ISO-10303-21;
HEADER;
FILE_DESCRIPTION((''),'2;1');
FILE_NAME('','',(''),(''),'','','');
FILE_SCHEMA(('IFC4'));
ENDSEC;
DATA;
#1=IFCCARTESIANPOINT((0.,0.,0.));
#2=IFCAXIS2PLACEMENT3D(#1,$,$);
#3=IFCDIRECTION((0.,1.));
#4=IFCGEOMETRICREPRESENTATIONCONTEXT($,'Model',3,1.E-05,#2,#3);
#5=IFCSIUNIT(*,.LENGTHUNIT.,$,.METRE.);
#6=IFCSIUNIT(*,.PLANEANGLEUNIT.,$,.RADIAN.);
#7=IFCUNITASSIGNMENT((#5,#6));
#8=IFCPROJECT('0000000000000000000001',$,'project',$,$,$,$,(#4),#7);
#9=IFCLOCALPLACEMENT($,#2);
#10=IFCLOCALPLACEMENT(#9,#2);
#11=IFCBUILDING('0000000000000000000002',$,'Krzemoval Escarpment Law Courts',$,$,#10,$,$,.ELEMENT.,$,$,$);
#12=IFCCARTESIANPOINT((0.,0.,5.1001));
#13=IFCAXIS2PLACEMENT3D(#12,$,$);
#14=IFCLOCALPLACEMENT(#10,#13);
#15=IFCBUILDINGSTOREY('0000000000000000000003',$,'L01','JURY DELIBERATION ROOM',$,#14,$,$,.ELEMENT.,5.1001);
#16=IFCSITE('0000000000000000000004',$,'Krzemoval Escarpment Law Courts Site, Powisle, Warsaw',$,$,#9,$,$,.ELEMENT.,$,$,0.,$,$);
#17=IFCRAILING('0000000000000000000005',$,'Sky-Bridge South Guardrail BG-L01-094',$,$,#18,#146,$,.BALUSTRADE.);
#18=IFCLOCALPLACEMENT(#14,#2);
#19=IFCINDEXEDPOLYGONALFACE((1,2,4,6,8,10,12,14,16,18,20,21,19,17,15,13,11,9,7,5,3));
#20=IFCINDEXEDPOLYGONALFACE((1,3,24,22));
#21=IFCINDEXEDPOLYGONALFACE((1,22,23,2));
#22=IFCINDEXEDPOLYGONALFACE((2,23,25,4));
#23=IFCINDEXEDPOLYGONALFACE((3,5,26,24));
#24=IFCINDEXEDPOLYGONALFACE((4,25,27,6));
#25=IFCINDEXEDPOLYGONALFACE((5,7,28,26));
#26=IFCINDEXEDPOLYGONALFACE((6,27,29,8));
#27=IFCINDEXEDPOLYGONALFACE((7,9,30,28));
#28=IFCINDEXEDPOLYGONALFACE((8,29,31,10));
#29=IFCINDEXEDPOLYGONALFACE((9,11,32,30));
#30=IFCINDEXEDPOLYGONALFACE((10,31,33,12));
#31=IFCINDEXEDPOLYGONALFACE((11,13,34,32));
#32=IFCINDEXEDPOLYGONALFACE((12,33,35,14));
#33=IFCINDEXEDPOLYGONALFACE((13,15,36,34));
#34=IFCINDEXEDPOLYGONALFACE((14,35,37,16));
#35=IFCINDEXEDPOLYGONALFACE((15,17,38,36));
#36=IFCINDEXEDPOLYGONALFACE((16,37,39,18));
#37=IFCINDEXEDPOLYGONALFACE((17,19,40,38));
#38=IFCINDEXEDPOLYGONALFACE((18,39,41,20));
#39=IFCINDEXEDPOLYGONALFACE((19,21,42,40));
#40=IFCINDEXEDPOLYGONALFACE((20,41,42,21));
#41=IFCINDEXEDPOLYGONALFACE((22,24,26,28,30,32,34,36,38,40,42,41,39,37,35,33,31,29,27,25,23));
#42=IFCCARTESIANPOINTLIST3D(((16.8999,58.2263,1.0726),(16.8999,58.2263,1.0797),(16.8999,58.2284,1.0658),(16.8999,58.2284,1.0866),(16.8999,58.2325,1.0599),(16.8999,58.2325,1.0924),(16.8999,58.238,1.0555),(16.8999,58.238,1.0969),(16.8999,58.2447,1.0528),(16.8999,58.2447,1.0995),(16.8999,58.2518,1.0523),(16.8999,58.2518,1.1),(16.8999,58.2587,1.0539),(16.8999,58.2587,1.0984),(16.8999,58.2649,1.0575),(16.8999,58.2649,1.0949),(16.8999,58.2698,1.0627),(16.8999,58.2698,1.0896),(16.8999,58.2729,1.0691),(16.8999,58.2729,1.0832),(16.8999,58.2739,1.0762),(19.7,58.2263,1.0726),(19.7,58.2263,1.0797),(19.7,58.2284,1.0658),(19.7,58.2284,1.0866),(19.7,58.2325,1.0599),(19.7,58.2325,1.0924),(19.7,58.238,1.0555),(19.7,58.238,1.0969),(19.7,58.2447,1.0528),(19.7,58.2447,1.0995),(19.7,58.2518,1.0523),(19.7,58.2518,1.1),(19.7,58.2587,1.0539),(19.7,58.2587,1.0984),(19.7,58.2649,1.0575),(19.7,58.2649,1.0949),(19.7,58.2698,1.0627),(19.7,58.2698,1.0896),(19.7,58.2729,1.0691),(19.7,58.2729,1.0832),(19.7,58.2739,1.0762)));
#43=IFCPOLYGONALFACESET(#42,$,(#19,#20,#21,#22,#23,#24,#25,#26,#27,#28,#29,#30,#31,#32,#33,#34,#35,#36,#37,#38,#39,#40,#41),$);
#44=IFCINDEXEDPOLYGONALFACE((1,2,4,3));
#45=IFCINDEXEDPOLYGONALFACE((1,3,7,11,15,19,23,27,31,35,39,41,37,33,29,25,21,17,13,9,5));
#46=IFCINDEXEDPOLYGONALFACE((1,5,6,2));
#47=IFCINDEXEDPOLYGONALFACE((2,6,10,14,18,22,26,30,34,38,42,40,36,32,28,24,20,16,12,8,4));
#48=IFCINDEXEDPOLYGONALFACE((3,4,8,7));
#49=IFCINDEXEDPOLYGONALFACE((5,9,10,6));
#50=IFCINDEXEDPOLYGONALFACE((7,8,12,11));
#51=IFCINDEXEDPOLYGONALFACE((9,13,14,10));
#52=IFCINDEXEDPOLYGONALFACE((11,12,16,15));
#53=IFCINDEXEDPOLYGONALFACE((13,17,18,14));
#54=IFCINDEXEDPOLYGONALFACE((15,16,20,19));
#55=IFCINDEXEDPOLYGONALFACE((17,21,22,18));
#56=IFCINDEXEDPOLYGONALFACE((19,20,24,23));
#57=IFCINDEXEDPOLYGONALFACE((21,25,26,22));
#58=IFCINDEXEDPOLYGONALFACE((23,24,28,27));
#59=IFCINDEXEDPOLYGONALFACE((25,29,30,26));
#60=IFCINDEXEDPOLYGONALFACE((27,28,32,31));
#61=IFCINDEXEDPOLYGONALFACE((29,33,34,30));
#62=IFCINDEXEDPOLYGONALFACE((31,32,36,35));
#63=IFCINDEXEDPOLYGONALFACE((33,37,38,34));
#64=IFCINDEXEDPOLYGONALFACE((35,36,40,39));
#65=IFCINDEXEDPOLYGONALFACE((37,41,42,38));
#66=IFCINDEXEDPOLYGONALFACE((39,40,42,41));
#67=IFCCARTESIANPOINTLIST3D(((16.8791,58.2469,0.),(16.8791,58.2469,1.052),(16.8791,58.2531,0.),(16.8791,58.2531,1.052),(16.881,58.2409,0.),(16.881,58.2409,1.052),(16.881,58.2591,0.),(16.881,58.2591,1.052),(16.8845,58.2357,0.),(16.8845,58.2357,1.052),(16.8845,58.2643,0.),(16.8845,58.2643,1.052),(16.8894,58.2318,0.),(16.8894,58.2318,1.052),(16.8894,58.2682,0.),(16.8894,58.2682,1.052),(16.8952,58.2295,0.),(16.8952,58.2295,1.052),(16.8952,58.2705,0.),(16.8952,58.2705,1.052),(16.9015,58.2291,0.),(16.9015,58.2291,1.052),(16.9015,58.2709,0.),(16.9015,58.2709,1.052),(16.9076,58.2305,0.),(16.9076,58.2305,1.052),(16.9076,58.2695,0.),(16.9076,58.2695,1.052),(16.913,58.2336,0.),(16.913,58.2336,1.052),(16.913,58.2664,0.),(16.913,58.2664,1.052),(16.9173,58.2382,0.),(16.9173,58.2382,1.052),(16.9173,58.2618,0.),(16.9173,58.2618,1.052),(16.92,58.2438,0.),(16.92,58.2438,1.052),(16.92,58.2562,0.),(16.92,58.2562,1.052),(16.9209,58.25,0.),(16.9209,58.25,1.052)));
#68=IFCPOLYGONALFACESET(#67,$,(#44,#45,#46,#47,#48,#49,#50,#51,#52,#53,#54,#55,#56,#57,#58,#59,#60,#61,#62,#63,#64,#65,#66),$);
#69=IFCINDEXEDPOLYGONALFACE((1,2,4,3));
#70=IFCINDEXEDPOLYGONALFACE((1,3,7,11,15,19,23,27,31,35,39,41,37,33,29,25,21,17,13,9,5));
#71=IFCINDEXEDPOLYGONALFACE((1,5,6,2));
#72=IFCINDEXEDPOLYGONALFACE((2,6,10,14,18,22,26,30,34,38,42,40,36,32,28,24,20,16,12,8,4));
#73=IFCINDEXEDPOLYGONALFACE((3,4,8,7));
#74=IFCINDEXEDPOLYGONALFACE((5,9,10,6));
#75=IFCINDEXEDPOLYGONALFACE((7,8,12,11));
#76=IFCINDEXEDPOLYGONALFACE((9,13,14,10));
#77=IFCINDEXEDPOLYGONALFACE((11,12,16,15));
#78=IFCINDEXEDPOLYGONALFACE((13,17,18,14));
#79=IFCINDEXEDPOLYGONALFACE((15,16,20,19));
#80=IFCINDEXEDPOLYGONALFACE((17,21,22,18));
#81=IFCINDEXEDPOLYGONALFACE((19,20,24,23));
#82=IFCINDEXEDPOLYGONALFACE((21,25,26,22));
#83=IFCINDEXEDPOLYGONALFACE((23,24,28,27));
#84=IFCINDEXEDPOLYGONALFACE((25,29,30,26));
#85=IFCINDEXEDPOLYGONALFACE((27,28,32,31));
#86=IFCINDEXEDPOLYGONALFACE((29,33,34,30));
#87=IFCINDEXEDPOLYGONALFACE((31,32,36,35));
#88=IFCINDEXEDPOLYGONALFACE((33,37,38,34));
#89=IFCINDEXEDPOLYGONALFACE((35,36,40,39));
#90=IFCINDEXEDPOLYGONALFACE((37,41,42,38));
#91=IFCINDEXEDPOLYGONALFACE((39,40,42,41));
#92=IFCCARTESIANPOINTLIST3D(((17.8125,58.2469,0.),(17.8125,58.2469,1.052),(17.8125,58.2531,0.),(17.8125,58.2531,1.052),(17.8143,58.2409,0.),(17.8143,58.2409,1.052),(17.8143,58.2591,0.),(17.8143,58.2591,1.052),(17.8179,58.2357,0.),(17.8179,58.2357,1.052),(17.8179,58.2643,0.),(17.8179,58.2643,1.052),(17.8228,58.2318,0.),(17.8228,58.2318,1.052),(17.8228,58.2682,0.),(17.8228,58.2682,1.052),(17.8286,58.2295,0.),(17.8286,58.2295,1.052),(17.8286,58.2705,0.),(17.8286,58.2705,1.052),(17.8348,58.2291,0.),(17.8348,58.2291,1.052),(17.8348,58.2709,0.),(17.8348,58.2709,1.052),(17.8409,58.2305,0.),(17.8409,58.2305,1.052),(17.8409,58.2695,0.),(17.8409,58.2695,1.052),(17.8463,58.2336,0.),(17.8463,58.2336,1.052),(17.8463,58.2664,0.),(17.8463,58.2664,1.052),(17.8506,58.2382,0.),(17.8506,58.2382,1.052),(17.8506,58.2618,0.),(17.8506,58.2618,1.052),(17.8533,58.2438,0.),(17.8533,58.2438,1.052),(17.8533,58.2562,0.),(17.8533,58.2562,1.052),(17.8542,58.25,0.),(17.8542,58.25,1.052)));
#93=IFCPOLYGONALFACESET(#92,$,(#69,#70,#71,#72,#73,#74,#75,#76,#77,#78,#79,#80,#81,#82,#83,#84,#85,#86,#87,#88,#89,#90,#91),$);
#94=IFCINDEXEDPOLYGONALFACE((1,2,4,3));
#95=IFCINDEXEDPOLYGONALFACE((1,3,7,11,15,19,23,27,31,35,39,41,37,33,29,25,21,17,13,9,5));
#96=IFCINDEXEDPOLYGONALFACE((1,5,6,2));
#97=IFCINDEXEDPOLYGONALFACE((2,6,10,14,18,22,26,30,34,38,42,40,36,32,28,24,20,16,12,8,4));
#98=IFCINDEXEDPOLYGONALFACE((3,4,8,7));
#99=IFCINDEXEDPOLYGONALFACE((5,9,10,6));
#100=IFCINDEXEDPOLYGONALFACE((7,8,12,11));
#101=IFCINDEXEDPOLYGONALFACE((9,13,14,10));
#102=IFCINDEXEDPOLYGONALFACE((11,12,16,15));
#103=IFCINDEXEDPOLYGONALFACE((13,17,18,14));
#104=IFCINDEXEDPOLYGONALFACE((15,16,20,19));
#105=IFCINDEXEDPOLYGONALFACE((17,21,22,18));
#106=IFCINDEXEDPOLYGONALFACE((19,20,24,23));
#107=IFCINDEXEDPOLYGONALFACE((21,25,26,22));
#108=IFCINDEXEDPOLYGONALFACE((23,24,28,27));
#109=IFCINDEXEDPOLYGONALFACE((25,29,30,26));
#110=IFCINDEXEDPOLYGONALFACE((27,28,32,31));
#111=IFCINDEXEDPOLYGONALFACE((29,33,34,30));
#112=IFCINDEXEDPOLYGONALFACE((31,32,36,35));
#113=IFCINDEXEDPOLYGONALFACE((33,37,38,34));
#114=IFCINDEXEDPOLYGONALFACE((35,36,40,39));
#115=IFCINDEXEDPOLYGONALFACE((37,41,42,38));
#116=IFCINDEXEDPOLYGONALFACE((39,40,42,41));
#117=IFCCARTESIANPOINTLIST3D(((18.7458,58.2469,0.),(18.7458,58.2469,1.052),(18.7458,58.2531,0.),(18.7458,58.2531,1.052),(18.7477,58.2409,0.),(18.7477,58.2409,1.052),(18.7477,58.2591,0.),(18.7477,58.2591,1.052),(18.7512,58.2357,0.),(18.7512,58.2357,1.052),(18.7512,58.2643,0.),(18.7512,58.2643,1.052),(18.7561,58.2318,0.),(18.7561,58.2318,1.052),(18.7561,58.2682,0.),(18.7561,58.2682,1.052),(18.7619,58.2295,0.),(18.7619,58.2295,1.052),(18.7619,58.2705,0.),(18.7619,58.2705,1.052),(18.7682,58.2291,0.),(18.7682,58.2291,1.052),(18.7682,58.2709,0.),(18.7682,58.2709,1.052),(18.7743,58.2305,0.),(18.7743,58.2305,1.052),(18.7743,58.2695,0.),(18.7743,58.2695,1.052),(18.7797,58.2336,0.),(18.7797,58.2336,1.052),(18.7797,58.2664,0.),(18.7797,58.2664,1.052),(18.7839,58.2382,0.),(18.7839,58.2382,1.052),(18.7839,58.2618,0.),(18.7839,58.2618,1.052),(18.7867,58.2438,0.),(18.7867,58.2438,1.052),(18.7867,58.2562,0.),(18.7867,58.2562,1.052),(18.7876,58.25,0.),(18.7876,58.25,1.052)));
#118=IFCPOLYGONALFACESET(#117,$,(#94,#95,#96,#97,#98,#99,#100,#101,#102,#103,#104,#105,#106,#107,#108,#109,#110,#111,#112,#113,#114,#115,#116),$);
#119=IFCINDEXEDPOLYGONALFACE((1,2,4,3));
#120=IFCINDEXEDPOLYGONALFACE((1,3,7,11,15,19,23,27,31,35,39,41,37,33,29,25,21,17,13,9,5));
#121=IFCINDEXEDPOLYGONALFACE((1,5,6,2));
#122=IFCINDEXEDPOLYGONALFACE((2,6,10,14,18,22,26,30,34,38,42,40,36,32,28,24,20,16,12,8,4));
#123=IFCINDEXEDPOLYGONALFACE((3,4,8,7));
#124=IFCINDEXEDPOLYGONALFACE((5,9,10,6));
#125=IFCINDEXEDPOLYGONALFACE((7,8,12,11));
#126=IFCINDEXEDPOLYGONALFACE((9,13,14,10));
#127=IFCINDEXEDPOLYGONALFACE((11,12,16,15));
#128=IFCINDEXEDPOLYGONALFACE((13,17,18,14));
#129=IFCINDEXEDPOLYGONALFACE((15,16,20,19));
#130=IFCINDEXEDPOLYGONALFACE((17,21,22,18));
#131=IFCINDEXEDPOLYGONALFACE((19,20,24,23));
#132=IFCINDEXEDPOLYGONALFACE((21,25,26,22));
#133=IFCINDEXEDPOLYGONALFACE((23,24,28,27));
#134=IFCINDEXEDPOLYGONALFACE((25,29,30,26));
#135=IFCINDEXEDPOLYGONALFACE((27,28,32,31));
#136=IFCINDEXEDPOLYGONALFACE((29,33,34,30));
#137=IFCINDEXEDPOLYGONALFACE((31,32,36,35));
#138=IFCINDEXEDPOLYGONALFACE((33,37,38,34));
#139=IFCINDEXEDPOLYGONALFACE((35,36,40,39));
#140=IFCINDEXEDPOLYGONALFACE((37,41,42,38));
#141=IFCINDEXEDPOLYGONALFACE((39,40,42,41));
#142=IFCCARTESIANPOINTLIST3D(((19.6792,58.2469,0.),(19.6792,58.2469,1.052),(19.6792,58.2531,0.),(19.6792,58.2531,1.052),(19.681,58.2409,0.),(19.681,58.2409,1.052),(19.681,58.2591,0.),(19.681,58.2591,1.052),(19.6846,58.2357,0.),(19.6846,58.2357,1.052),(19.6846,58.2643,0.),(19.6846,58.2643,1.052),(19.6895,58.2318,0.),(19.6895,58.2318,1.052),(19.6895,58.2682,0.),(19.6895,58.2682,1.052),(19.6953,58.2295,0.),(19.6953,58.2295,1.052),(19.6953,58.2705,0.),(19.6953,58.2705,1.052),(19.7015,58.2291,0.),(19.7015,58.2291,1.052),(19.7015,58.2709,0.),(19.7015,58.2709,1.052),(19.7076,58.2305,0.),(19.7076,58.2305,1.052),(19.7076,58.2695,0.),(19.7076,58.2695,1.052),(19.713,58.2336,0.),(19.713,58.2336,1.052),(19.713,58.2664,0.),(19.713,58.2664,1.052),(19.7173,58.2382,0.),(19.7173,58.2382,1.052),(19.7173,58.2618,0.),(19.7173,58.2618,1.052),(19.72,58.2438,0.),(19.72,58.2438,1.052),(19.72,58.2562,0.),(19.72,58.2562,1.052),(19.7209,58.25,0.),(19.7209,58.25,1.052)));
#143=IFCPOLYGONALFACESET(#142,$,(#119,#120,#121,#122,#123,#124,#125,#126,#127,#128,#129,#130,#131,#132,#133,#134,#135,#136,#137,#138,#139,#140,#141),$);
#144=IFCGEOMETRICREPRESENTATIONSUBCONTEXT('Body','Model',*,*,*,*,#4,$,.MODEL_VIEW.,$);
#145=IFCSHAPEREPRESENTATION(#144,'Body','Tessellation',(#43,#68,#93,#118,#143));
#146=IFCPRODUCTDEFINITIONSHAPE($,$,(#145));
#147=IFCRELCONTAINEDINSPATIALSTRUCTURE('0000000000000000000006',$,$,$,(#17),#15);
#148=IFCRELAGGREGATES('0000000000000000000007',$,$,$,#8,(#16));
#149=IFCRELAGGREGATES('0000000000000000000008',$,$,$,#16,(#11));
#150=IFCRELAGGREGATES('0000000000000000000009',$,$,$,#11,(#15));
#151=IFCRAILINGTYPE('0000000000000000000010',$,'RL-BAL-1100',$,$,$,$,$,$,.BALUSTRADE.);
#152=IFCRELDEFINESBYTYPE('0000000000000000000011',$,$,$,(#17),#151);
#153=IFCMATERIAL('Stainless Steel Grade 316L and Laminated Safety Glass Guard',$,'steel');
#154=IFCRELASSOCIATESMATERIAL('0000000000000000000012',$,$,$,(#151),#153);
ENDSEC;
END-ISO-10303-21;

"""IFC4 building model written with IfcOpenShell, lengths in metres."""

from ifc_helpers import new_model, si_unit, direction, frame, origin, origin_2d, place, context, subcontext, project, spatial, circle, extrude, material, type_object, element, save


model = new_model("IFC4")

# Units and contexts
model_context = context("Model", 3, precision=1e-05, world=origin(), true_north=direction((0.0, 1.0)))
body_context = subcontext(model_context, "Body", "Model", "MODEL_VIEW")
ifc_project = project(units=[si_unit("LENGTHUNIT", "METRE"), si_unit("PLANEANGLEUNIT", "RADIAN")], contexts=[model_context])

# Site, building, storey
site_placement = place(None, origin())
site = spatial("IfcSite", under=ifc_project, at=site_placement, Name="Krzemoval Escarpment Law Courts Site, Powisle, Warsaw", CompositionType="ELEMENT", RefElevation=0.0)
building_placement = place(site_placement, origin())
building = spatial("IfcBuilding", under=site, at=building_placement, Name="Krzemoval Escarpment Law Courts", CompositionType="ELEMENT")
storey_placement = place(building_placement, frame((0.0, 0.0, 5.1001)))
storey = spatial("IfcBuildingStorey", under=building, at=storey_placement, Name="L01", Description="JURY DELIBERATION ROOM", CompositionType="ELEMENT", Elevation=5.1001)

# Railing
ifc_material_1 = material(Name="Stainless Steel Grade 316L and Laminated Safety Glass Guard", Category="steel")
railing_type = type_object("IfcRailingType", Name="RL-BAL-1100", PredefinedType="BALUSTRADE", material=ifc_material_1)
railing_1_placement = place(storey_placement, frame((16.8999, 58.25, 0.0)))
element("IfcRailing", 1, at=railing_1_placement, inside=storey, type_object=railing_type, Name="Sky-Bridge South Guardrail BG-L01-094", PredefinedType="BALUSTRADE", context=body_context, shape_type="SweptSolid", body=[
    extrude(circle(Radius=0.0239, at=origin_2d()), frame((0.0, 0.0, 1.0762), z_axis=(1.0, 0.0, 0.0), x_axis=(0.0, 1.0, 0.0)), (0.0, 0.0, 1.0), 2.8),
    extrude(circle(Radius=0.021, at=origin_2d()), origin(), (0.0, 0.0, 1.0), 1.052),
    extrude(circle(Radius=0.021, at=origin_2d()), frame((0.9333, 0.0, 0.0)), (0.0, 0.0, 1.0), 1.052),
    extrude(circle(Radius=0.021, at=origin_2d()), frame((1.8667, 0.0, 0.0)), (0.0, 0.0, 1.0), 1.052),
    extrude(circle(Radius=0.021, at=origin_2d()), frame((2.8, 0.0, 0.0)), (0.0, 0.0, 1.0), 1.052),
])

save(model, "model.ifc")
